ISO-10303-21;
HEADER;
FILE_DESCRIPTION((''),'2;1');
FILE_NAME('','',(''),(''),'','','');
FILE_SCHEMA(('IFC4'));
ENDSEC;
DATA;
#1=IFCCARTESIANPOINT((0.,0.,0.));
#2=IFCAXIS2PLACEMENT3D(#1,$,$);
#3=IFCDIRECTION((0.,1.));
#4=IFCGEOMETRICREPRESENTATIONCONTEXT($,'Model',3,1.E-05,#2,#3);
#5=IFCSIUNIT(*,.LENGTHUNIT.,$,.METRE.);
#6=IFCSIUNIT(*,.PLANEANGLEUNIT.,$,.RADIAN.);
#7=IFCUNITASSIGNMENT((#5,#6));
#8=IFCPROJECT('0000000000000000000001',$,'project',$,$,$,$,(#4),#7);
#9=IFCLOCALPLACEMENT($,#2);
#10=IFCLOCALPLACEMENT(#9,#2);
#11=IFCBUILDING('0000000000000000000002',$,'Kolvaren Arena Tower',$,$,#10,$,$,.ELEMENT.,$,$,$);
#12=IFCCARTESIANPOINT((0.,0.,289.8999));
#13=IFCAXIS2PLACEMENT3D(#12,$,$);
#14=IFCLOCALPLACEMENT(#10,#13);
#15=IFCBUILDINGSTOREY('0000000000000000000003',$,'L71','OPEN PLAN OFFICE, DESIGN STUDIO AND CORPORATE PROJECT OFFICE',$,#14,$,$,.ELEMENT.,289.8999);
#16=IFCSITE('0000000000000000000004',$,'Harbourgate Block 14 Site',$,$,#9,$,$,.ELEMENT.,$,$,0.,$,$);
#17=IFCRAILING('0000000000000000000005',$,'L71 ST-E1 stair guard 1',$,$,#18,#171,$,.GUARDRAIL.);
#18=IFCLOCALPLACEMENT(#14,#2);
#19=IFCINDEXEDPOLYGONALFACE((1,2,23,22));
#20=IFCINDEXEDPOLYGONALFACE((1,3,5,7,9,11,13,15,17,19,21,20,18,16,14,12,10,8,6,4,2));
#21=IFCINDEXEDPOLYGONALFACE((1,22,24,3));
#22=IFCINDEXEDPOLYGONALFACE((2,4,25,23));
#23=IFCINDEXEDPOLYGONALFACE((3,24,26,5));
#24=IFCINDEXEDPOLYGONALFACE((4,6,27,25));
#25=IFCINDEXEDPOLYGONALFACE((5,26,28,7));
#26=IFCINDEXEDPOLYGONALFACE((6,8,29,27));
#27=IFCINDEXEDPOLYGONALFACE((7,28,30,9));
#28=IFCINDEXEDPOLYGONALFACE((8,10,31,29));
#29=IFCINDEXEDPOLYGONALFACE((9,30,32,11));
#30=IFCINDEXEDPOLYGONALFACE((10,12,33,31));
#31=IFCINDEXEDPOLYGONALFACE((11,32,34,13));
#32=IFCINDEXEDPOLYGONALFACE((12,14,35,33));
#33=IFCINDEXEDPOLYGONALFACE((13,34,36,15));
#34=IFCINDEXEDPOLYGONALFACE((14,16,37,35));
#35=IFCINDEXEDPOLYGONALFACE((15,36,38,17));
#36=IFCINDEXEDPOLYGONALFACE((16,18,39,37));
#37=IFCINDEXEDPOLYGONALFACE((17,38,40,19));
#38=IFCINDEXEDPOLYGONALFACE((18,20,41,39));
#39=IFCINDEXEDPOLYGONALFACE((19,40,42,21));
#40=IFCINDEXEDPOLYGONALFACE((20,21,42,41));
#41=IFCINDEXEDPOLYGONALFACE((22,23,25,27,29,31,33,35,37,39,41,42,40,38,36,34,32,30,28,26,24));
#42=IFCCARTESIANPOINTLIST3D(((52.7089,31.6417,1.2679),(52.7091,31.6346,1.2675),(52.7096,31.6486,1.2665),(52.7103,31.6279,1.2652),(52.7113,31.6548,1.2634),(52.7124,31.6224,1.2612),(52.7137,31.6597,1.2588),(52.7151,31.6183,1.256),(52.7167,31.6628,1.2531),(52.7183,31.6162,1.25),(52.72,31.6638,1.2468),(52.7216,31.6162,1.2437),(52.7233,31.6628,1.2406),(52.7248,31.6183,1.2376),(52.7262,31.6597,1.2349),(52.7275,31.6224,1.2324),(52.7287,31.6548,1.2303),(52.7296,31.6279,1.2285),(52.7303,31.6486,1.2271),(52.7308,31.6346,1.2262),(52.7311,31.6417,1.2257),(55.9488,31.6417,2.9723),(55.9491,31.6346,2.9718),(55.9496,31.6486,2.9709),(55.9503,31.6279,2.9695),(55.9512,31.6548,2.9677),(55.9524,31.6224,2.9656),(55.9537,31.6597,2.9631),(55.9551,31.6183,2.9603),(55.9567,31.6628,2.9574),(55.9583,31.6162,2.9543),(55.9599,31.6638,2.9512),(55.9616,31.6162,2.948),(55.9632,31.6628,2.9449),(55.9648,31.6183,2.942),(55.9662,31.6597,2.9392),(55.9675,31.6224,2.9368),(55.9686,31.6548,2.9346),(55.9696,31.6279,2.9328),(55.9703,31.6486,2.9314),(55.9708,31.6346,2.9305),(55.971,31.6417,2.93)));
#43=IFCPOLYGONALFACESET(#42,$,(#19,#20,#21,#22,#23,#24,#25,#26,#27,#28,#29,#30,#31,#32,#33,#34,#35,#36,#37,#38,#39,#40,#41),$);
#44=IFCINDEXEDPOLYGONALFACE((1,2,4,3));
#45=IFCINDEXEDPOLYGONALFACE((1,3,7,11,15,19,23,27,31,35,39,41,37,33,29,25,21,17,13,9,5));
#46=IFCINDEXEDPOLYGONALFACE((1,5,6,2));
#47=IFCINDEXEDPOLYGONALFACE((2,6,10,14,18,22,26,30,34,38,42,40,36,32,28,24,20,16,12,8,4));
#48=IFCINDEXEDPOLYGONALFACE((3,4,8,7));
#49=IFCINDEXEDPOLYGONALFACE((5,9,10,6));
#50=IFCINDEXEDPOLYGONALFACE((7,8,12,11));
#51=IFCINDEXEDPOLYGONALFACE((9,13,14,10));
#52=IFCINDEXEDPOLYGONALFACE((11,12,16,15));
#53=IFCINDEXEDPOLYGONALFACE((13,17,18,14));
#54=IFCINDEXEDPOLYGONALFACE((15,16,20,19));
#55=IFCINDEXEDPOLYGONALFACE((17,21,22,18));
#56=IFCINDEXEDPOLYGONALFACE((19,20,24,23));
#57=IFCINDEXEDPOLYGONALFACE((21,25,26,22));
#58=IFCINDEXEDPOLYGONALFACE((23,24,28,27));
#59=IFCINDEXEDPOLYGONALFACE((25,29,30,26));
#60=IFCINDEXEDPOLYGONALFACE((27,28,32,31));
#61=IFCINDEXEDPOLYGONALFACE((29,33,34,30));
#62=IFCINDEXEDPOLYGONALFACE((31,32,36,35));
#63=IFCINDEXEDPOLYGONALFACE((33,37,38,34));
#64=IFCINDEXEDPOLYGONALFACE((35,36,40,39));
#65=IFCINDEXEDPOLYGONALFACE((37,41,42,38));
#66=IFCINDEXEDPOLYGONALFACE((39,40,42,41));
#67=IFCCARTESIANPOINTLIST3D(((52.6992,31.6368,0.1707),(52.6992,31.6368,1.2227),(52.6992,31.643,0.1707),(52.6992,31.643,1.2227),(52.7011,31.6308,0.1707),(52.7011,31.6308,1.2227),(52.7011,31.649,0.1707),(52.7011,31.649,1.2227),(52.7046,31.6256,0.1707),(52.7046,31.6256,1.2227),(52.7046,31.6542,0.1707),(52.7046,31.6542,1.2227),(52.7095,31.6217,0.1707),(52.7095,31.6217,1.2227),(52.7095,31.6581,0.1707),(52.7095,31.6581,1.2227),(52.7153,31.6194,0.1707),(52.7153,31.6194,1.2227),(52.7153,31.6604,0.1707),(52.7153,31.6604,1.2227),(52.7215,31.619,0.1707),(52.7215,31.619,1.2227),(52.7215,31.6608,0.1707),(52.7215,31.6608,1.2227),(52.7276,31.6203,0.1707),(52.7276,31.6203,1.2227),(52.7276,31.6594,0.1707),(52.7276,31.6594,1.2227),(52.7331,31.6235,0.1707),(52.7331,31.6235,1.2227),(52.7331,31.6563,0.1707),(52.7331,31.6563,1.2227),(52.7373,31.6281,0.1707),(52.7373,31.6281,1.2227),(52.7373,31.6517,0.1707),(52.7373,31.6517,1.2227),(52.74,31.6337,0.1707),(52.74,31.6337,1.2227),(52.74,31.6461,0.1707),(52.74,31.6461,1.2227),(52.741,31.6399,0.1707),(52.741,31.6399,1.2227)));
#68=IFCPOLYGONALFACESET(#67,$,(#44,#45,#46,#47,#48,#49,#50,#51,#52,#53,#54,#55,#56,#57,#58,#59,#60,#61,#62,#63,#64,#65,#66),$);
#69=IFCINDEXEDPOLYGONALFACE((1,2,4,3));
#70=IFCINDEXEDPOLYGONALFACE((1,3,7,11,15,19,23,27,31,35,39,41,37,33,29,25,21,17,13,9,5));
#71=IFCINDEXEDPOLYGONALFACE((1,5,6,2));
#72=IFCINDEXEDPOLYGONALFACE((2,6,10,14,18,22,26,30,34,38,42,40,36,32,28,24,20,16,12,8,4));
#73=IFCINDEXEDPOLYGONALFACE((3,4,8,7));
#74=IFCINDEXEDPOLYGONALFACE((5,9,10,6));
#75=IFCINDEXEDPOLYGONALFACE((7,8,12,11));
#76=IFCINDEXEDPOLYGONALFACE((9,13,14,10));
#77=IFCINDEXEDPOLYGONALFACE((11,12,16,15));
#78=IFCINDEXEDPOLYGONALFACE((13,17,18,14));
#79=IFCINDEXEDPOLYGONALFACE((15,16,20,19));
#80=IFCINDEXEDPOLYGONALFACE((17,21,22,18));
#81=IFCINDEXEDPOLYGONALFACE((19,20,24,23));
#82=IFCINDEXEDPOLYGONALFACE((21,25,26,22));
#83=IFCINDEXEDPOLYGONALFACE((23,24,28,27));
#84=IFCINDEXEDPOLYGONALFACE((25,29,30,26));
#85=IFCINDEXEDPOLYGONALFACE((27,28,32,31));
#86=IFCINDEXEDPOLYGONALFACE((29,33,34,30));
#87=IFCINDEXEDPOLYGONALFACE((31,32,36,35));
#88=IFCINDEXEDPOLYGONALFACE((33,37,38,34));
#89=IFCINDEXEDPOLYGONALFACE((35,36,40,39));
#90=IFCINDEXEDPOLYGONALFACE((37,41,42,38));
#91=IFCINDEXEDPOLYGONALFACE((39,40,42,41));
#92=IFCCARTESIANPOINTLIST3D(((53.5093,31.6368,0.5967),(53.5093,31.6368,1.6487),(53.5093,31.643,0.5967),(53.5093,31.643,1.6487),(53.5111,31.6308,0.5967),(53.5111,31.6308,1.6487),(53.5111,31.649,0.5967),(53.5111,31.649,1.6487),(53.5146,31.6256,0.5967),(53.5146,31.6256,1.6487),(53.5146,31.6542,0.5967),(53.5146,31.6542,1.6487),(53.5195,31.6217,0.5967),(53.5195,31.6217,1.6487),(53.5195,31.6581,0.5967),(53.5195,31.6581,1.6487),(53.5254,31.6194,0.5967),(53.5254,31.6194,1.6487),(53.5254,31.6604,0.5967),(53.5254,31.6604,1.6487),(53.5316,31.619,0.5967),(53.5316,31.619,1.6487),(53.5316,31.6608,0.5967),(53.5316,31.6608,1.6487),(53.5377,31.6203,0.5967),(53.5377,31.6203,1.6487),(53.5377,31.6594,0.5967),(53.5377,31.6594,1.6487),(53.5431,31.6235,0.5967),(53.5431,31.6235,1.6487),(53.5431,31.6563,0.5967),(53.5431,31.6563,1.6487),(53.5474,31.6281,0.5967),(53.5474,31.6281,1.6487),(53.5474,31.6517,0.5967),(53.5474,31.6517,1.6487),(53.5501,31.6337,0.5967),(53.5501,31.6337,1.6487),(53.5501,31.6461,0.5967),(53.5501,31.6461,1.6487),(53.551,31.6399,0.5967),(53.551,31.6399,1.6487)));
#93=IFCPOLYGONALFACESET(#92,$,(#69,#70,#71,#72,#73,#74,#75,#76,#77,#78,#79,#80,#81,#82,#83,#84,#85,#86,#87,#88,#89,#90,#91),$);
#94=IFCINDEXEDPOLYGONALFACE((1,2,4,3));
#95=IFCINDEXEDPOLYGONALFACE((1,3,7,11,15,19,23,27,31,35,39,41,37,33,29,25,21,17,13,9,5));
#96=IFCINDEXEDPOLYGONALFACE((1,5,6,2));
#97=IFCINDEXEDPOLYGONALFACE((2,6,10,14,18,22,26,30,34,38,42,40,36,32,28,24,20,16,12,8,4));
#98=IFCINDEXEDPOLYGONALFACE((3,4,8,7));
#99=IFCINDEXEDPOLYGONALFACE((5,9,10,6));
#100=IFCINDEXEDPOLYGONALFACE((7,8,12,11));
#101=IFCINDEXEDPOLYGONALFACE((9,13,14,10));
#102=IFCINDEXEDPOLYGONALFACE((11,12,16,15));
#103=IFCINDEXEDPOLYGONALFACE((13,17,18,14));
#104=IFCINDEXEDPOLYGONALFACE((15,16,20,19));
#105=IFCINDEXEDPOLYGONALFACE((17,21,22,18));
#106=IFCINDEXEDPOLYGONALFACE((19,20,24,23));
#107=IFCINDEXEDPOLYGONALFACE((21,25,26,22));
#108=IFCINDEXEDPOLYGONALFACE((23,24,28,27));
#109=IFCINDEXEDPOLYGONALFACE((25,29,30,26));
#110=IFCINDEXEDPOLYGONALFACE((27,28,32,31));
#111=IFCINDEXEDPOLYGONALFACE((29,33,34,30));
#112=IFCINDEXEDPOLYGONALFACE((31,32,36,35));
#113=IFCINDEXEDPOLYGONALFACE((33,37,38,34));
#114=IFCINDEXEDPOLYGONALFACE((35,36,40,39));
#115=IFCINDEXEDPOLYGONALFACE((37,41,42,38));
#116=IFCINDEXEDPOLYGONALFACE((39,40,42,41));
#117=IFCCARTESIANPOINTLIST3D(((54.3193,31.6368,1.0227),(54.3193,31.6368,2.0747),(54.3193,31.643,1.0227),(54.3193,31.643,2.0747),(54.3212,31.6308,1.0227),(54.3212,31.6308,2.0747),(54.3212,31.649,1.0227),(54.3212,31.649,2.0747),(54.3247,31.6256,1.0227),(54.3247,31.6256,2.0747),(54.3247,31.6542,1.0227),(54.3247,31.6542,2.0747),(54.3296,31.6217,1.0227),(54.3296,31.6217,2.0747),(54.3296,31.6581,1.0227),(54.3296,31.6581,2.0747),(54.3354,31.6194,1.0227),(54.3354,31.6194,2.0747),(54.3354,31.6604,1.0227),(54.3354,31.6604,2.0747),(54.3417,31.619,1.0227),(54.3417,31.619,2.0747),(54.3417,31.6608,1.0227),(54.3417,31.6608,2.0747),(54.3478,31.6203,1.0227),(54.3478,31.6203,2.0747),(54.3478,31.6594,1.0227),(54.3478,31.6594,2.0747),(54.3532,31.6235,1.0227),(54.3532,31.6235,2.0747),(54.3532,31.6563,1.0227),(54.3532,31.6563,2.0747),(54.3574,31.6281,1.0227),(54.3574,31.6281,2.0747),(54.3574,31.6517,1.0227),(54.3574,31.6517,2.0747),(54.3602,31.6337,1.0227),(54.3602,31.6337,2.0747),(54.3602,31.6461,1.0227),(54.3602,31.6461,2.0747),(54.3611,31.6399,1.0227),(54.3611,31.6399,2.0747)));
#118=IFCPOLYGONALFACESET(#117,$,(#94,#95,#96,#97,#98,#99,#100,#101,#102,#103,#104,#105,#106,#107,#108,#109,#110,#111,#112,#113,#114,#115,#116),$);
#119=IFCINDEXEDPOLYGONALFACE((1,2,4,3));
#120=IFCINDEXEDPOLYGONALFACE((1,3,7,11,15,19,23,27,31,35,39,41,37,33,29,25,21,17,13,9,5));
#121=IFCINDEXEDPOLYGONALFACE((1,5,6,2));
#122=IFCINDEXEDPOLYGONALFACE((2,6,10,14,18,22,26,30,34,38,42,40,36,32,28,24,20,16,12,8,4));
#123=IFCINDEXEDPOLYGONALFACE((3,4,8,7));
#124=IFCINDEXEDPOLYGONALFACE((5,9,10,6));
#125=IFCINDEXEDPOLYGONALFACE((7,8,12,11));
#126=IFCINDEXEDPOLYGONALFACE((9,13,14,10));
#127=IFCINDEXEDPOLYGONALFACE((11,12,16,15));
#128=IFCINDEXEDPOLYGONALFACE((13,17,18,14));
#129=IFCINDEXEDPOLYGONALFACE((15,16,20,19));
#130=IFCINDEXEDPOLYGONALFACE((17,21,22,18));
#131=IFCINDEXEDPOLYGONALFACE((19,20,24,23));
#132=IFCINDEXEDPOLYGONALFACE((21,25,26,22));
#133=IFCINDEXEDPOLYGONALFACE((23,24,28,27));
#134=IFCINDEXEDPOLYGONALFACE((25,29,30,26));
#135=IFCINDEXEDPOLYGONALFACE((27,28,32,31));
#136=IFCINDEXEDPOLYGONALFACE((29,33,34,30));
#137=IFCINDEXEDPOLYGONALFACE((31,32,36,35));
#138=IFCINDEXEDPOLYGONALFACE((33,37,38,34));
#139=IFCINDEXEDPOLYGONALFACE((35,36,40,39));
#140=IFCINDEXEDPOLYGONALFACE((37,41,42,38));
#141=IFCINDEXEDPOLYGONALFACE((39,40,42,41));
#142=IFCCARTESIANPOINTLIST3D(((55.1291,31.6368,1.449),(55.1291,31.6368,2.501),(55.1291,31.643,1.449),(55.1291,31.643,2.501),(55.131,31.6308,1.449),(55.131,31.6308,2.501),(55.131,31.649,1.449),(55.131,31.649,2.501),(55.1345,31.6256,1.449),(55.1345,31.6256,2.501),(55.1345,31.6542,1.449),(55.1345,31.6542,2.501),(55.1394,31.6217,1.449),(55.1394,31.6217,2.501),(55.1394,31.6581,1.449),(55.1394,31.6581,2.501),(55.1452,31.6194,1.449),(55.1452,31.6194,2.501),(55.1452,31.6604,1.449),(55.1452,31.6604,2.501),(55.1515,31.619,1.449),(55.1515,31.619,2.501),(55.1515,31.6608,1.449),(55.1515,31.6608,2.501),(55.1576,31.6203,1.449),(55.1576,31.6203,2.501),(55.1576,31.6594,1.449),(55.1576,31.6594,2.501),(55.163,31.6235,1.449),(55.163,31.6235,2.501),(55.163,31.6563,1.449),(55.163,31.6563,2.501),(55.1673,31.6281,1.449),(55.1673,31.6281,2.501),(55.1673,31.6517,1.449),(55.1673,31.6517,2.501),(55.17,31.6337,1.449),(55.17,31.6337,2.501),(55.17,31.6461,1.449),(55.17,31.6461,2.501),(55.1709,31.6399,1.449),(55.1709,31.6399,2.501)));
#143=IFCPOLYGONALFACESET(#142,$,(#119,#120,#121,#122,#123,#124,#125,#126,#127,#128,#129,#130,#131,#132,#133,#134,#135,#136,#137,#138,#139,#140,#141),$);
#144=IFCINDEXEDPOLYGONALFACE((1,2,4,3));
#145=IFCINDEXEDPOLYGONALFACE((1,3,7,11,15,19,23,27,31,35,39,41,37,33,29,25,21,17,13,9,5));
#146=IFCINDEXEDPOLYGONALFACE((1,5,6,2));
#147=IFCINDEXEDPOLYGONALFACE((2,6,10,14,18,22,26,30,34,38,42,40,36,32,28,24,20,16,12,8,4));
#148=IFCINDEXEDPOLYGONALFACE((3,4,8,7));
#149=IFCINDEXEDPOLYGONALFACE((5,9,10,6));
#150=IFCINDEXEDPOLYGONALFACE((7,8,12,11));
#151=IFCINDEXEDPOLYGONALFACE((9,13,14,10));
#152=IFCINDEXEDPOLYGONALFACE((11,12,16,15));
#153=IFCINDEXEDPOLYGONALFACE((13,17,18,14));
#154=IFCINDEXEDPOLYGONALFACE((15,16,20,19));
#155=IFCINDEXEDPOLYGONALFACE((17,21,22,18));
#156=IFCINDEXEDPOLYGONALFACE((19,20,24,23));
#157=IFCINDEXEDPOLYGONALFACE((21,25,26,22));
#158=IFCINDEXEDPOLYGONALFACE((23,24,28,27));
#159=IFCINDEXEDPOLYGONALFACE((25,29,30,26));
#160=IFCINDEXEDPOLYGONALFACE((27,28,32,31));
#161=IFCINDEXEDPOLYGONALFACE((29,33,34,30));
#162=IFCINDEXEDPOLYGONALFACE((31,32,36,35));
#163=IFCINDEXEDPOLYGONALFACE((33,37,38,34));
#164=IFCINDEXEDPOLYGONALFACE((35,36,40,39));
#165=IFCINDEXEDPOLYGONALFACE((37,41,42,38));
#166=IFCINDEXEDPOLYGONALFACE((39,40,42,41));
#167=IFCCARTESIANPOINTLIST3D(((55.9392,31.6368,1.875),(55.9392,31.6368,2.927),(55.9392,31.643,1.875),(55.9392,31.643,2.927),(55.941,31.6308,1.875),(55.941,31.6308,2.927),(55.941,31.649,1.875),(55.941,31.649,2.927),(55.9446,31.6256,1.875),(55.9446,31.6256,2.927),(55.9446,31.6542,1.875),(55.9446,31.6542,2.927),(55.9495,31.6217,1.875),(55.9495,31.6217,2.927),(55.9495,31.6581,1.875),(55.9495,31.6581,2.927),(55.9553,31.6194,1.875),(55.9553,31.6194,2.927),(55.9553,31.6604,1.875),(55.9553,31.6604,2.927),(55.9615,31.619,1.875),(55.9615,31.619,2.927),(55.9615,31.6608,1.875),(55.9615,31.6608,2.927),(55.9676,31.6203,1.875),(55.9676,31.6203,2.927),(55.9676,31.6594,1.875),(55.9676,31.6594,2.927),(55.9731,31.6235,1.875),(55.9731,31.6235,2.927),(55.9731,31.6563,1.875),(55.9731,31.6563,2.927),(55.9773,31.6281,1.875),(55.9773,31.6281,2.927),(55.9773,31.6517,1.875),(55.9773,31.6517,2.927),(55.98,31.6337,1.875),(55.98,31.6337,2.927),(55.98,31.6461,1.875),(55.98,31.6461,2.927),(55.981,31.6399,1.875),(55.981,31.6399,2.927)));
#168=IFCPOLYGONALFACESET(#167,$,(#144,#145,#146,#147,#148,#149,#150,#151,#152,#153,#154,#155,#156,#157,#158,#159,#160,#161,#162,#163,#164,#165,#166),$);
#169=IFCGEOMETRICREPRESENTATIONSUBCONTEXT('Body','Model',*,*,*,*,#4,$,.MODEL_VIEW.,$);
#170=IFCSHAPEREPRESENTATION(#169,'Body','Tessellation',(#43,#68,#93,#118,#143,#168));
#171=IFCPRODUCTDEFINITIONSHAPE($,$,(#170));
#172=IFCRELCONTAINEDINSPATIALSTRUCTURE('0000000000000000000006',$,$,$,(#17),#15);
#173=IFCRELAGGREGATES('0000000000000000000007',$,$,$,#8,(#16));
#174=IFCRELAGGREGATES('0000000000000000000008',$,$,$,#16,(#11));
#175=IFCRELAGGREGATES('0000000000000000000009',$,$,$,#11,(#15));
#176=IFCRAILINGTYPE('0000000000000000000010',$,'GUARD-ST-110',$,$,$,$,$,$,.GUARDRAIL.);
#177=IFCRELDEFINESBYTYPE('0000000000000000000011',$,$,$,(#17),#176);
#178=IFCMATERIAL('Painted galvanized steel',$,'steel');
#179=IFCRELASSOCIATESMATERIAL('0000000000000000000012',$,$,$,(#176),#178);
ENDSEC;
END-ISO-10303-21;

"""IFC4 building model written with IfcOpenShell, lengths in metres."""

from ifc_helpers import new_model, si_unit, direction, frame, origin, origin_2d, place, context, subcontext, project, spatial, circle, extrude, material, type_object, element, save


model = new_model("IFC4")

# Units and contexts
model_context = context("Model", 3, precision=1e-05, world=origin(), true_north=direction((0.0, 1.0)))
body_context = subcontext(model_context, "Body", "Model", "MODEL_VIEW")
ifc_project = project(units=[si_unit("LENGTHUNIT", "METRE"), si_unit("PLANEANGLEUNIT", "RADIAN")], contexts=[model_context])

# Site, building, storey
site_placement = place(None, origin())
site = spatial("IfcSite", under=ifc_project, at=site_placement, Name="Harbourgate Block 14 Site", CompositionType="ELEMENT", RefElevation=0.0)
building_placement = place(site_placement, origin())
building = spatial("IfcBuilding", under=site, at=building_placement, Name="Kolvaren Arena Tower", CompositionType="ELEMENT")
storey_placement = place(building_placement, frame((0.0, 0.0, 289.8999)))
storey = spatial("IfcBuildingStorey", under=building, at=storey_placement, Name="L71", Description="OPEN PLAN OFFICE, DESIGN STUDIO AND CORPORATE PROJECT OFFICE", CompositionType="ELEMENT", Elevation=289.8999)

# Railing
ifc_material_1 = material(Name="Painted galvanized steel", Category="steel")
railing_type_1 = type_object("IfcRailingType", Name="GUARD-ST-110", PredefinedType="GUARDRAIL", material=ifc_material_1)
railing_1_placement = place(storey_placement, frame((52.72, 31.6399, 0.1707)))
element("IfcRailing", 1, at=railing_1_placement, inside=storey, type_object=railing_type_1, Name="L71 ST-E1 stair guard 1", PredefinedType="GUARDRAIL", context=body_context, shape_type="SweptSolid", body=[
    extrude(circle(Radius=0.0239, at=origin_2d()), frame((0.0, 0.0, 1.0762), z_axis=(0.885021, 0.0, 0.465551), x_axis=(0.0, 1.0, 0.0)), (0.0, 0.0, 1.0), 3.6609),
    extrude(circle(Radius=0.021, at=origin_2d()), origin(), (0.0, 0.0, 1.0), 1.052),
    extrude(circle(Radius=0.021, at=origin_2d()), frame((0.8101, 0.0, 0.426)), (0.0, 0.0, 1.0), 1.052),
    extrude(circle(Radius=0.021, at=origin_2d()), frame((1.6201, 0.0, 0.8521)), (0.0, 0.0, 1.0), 1.052),
    extrude(circle(Radius=0.021, at=origin_2d()), frame((2.4299, 0.0, 1.2783)), (0.0, 0.0, 1.0), 1.052),
    extrude(circle(Radius=0.021, at=origin_2d()), frame((3.24, 0.0, 1.7043)), (0.0, 0.0, 1.0), 1.052),
])

save(model, "model.ifc")
